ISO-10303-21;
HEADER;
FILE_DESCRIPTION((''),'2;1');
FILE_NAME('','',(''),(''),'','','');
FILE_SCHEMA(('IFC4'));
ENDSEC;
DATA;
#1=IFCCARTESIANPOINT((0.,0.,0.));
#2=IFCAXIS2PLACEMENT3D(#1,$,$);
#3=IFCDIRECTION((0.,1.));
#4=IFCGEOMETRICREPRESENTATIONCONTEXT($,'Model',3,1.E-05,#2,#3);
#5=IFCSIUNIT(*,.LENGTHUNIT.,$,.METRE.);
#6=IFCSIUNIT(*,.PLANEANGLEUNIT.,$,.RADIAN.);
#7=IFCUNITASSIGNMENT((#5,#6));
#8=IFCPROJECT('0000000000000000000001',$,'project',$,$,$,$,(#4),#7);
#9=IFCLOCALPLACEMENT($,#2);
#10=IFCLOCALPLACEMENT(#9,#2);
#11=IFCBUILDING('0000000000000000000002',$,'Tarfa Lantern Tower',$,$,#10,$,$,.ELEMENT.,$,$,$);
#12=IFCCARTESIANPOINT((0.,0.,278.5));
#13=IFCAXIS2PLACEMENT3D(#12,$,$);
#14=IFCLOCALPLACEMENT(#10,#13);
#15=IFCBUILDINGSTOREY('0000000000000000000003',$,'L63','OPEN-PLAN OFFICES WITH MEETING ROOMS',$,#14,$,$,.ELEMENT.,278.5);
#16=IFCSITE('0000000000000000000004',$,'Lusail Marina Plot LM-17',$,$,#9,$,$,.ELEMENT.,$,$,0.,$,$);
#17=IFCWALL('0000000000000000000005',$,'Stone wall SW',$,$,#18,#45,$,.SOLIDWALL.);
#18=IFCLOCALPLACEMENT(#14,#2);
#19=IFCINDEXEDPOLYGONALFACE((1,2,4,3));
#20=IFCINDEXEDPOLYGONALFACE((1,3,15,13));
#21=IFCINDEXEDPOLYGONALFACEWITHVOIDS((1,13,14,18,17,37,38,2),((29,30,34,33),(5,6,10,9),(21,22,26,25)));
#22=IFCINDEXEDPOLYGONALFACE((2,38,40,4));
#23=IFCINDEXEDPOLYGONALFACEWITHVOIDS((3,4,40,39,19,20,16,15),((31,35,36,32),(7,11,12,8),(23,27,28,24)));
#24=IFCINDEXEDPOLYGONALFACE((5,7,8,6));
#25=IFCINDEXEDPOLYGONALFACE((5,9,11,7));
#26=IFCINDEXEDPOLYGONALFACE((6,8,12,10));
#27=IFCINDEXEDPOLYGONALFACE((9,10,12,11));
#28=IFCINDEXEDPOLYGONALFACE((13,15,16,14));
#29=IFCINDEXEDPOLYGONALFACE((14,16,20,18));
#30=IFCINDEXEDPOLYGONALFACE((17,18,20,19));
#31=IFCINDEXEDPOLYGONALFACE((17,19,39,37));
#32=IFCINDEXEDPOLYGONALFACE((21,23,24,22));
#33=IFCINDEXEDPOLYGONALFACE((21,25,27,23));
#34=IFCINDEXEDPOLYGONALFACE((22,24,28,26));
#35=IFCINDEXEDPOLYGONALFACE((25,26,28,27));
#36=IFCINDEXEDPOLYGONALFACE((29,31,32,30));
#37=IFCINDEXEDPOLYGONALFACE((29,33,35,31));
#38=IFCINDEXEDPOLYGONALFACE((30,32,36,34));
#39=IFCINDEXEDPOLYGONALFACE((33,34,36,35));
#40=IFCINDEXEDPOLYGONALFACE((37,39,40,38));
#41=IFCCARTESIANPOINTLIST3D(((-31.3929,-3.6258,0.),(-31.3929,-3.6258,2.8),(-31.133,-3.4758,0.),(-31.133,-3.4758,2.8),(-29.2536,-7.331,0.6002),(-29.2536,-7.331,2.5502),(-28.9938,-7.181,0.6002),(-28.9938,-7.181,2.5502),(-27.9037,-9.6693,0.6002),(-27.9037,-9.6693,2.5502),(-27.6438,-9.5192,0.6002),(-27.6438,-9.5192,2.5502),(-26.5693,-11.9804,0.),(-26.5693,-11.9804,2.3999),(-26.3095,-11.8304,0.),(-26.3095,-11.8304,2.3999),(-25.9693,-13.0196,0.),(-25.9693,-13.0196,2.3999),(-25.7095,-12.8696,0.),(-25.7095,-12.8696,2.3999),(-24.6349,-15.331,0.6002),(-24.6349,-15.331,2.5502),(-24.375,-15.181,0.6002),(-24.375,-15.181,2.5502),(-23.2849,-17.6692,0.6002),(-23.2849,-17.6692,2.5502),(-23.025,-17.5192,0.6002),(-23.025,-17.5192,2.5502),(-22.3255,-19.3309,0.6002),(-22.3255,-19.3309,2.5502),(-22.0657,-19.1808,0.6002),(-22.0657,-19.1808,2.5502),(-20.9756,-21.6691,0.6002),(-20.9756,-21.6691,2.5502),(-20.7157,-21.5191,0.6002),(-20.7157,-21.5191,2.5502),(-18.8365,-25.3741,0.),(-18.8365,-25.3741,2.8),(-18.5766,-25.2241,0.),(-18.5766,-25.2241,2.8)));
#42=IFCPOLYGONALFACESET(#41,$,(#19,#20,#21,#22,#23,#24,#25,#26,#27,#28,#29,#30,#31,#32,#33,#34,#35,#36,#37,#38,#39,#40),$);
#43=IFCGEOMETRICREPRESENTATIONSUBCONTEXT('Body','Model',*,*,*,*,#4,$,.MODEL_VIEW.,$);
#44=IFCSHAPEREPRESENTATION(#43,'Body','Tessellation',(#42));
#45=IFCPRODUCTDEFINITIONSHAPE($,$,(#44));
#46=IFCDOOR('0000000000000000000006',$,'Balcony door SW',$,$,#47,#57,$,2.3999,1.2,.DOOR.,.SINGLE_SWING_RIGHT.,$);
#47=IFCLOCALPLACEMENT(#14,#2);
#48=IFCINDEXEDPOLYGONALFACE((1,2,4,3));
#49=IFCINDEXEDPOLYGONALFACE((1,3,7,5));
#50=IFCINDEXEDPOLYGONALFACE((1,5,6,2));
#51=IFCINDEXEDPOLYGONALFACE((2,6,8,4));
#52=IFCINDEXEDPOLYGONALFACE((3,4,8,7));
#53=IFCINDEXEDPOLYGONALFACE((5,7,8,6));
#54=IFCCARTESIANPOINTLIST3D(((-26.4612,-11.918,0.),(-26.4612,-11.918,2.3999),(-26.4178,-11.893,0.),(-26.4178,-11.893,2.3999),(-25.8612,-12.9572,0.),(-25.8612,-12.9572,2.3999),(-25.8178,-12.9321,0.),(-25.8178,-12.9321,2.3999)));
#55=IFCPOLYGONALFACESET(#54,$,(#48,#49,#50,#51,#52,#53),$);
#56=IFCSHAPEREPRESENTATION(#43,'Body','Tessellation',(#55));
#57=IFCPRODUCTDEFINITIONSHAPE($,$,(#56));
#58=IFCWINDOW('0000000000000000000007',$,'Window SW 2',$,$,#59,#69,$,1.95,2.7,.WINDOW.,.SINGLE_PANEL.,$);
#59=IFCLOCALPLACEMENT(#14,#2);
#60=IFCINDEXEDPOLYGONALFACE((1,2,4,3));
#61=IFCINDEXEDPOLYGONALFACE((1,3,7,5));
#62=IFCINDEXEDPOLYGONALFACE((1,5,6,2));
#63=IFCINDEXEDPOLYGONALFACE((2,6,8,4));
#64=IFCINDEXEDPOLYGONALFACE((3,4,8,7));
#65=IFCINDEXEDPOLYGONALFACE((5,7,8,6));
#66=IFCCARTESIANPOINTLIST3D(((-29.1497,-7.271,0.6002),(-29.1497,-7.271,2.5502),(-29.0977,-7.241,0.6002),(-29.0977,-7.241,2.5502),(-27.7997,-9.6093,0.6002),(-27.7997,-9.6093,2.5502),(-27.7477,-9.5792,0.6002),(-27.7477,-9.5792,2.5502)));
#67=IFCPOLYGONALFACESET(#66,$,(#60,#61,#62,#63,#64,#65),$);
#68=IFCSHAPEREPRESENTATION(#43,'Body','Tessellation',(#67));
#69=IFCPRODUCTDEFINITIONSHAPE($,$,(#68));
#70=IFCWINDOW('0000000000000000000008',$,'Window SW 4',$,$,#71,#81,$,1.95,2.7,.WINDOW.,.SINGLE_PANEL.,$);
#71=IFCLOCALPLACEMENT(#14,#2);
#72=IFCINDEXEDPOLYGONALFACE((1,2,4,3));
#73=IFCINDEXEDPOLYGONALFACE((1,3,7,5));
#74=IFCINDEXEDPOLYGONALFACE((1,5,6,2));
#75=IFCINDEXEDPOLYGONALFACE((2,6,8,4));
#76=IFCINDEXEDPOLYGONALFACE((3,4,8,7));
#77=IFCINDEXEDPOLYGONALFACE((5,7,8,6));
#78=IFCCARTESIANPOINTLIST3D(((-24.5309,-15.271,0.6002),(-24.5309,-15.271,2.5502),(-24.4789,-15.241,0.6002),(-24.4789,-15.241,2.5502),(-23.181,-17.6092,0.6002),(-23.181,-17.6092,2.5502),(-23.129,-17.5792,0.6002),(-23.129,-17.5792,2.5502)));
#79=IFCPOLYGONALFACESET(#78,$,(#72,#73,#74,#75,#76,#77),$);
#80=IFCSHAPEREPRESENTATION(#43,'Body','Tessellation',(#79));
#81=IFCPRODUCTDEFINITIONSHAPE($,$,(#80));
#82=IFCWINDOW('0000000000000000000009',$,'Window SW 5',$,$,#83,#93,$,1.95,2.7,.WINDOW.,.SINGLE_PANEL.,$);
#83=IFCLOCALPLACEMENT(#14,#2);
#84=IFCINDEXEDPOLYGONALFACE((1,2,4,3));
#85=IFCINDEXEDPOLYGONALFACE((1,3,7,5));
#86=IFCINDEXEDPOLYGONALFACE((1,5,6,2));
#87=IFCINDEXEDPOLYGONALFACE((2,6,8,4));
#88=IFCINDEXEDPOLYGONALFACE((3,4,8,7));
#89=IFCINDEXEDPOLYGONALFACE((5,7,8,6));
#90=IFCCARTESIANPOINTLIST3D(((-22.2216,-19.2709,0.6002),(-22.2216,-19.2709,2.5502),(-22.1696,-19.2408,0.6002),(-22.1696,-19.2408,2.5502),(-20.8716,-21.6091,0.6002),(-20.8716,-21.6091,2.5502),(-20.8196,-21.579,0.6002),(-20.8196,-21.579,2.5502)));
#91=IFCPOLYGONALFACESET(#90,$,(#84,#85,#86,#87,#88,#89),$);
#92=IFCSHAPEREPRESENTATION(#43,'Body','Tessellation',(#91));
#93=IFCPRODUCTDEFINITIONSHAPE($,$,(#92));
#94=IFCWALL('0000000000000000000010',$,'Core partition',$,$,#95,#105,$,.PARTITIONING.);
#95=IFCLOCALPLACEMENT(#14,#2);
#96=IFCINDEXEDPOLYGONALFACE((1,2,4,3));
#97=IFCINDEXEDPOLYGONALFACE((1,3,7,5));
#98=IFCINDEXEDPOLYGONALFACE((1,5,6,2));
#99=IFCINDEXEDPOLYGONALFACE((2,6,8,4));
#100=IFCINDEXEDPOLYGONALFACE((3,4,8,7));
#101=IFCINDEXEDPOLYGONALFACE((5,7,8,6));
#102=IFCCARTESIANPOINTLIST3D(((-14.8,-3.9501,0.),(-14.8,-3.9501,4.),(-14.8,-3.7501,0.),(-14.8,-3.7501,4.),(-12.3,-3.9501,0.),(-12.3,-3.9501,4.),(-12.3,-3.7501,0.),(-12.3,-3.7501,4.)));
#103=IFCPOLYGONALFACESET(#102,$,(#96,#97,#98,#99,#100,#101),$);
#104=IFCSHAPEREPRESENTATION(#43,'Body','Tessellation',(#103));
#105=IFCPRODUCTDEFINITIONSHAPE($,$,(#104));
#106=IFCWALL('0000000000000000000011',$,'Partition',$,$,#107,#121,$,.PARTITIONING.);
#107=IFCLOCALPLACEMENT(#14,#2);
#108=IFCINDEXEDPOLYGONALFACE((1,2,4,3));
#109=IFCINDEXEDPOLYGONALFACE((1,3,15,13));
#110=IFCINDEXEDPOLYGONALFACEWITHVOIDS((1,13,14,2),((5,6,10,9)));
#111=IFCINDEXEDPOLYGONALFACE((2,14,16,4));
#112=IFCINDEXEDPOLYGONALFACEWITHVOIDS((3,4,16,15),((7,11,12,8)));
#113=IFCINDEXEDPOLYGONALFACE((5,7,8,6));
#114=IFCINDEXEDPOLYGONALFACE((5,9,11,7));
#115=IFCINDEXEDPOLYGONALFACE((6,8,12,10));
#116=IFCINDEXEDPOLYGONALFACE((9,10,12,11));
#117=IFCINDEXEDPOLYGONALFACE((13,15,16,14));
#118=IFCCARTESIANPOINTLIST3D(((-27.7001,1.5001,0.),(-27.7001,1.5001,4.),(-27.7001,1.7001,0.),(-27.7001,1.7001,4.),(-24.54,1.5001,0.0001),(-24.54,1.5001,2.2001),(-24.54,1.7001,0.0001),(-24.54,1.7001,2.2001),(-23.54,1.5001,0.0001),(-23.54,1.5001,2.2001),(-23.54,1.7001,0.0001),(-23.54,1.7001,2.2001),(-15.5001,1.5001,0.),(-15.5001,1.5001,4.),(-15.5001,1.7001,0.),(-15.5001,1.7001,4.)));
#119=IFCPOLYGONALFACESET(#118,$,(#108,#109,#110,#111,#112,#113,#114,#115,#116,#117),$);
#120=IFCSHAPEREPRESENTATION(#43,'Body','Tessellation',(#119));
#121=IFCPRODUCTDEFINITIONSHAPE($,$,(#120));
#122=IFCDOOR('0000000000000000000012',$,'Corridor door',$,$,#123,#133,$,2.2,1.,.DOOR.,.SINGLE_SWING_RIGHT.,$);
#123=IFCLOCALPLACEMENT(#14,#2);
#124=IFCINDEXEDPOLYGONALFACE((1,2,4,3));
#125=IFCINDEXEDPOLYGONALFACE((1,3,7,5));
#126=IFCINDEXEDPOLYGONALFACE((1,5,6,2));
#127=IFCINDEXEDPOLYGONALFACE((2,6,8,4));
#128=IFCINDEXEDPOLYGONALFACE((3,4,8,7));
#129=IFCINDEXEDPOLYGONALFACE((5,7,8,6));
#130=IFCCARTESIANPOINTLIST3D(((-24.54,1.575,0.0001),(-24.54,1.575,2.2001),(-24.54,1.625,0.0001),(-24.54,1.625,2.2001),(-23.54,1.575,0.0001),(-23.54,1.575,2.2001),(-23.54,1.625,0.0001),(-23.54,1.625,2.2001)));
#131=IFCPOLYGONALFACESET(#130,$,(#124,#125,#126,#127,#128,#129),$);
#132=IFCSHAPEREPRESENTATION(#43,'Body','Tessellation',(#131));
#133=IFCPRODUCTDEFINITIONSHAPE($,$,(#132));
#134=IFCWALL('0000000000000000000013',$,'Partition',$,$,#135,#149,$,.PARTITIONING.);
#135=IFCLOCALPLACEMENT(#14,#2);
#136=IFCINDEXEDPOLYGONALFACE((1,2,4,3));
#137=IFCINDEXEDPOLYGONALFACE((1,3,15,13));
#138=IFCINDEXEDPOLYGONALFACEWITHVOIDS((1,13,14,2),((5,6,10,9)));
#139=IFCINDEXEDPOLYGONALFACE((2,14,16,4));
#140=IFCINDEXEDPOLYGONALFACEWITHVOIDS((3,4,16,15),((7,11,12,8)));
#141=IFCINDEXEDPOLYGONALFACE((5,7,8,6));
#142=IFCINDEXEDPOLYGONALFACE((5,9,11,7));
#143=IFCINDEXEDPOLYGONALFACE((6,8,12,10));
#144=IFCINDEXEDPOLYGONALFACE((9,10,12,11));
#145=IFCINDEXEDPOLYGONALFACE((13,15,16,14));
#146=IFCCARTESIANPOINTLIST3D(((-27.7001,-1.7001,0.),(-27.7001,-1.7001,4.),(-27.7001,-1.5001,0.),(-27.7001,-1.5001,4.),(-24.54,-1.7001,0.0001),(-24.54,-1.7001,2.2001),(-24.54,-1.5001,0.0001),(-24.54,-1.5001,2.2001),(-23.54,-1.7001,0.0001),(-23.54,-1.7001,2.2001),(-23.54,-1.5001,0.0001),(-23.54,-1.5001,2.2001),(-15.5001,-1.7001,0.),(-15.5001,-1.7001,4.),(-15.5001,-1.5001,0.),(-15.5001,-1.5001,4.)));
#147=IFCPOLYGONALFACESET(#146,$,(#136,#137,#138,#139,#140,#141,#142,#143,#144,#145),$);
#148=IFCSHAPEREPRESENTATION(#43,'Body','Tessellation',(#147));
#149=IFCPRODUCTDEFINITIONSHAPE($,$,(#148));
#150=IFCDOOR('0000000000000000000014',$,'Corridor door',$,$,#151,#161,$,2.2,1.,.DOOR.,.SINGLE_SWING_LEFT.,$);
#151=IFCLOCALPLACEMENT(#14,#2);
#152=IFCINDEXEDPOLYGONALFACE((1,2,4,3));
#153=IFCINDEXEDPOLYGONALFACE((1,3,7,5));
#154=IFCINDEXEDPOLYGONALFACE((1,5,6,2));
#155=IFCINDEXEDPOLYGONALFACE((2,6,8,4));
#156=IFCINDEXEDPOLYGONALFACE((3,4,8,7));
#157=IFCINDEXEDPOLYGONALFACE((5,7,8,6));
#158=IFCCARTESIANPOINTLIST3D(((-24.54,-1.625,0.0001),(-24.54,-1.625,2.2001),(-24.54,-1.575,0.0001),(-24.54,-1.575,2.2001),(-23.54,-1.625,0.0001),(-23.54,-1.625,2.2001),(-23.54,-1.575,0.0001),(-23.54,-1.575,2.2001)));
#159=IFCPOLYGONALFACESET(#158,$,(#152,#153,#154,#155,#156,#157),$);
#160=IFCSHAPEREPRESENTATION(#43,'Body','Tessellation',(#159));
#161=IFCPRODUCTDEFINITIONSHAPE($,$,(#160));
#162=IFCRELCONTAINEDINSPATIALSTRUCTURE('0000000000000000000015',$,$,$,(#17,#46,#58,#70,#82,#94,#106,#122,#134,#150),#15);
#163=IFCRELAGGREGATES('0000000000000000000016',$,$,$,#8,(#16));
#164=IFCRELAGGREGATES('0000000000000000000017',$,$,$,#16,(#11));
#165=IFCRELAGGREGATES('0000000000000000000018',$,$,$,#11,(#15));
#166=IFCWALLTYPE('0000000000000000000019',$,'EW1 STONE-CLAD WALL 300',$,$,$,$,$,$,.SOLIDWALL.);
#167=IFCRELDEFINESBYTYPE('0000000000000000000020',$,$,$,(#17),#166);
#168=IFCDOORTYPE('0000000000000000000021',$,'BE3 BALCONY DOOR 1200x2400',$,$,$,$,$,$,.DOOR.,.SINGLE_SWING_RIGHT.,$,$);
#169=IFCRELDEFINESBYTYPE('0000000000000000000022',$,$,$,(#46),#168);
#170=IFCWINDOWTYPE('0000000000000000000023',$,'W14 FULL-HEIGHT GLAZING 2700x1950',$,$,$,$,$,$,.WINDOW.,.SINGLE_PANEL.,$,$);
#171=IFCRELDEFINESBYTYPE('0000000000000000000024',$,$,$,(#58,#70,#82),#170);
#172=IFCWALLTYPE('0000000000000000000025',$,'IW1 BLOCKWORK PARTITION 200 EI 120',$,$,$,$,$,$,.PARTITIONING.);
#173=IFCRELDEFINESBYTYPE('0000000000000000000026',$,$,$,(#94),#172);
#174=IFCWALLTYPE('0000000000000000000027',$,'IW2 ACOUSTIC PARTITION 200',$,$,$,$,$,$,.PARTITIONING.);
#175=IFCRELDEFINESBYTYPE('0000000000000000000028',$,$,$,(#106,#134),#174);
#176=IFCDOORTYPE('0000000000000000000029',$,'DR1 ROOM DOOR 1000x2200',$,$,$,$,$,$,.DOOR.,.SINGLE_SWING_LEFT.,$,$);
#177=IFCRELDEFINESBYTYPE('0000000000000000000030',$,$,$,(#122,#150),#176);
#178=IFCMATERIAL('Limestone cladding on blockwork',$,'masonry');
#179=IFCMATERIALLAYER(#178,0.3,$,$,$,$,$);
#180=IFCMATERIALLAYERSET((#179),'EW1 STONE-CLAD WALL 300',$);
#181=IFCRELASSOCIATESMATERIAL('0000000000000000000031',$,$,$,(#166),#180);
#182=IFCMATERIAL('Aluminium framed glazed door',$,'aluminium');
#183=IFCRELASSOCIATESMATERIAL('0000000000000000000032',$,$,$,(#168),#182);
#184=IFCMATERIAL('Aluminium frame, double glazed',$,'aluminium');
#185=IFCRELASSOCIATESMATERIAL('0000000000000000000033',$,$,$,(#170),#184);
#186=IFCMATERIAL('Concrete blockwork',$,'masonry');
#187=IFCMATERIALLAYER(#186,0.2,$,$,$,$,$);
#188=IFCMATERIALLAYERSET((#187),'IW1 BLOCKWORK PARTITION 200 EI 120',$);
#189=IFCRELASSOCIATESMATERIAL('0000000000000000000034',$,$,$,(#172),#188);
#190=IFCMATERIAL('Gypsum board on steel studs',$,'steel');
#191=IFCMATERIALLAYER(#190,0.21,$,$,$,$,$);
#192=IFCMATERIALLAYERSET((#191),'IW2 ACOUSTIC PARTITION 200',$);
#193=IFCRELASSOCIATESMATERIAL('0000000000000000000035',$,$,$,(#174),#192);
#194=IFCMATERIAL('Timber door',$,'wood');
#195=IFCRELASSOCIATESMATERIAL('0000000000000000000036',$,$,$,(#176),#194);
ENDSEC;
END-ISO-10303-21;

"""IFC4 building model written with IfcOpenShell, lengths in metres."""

from ifc_helpers import new_model, si_unit, direction, frame, frame_2d, origin, place, context, subcontext, project, spatial, rectangle, extrude, material, layer, layer_set, type_object, element, fill, save


model = new_model("IFC4")

# Units and contexts
model_context = context("Model", 3, precision=1e-05, world=origin(), true_north=direction((0.0, 1.0)))
body_context = subcontext(model_context, "Body", "Model", "MODEL_VIEW")
ifc_project = project(units=[si_unit("LENGTHUNIT", "METRE"), si_unit("PLANEANGLEUNIT", "RADIAN")], contexts=[model_context])

# Site, building, storey
site_placement = place(None, origin())
site = spatial("IfcSite", under=ifc_project, at=site_placement, Name="Lusail Marina Plot LM-17", CompositionType="ELEMENT", RefElevation=0.0)
building_placement = place(site_placement, origin())
building = spatial("IfcBuilding", under=site, at=building_placement, Name="Tarfa Lantern Tower", CompositionType="ELEMENT")
storey_placement = place(building_placement, frame((0.0, 0.0, 278.5)))
storey = spatial("IfcBuildingStorey", under=building, at=storey_placement, Name="L63", Description="OPEN-PLAN OFFICES WITH MEETING ROOMS", CompositionType="ELEMENT", Elevation=278.5)

# Wall, openings, door, windows
ifc_material_1 = material(Name="Limestone cladding on blockwork", Category="masonry")
ifc_layer_1 = layer(ifc_material_1, 0.3)
ifc_layer_set_1 = layer_set([ifc_layer_1], Name="EW1 STONE-CLAD WALL 300")
wall_type_1 = type_object("IfcWallType", Name="EW1 STONE-CLAD WALL 300", PredefinedType="SOLIDWALL", material=ifc_layer_set_1)
wall_1_placement = place(storey_placement, frame((-31.2629, -3.5508, 0.0), z_axis=(0.0, 0.0, 1.0), x_axis=(0.5, -0.866025, 0.0)))
wall_1 = element("IfcWall", 1, at=wall_1_placement, inside=storey, type_object=wall_type_1, Name="Stone wall SW", PredefinedType="SOLIDWALL", context=body_context, shape_type="SweptSolid", body=[
    extrude(rectangle(XDim=25.1128, YDim=0.3, at=frame_2d((12.5564, 0.0))), origin(), (0.0, 0.0, 1.0), 2.8),
])
opening_1_placement = place(wall_1_placement, frame((4.2783, 0.0, 0.6001)))
opening_1 = element("IfcOpeningElement", 2, at=opening_1_placement, cuts=wall_1, PredefinedType="OPENING", context=body_context, shape_type="SweptSolid", body=[
    extrude(rectangle(XDim=2.7, YDim=1.95, at=frame_2d((1.3501, 0.9751))), frame((0.0, 0.1599, 0.0), z_axis=(0.0, -1.0, 0.0), x_axis=(1.0, 0.0, 0.0)), (0.0, 0.0, 1.0), 0.3201),
])
opening_2_placement = place(wall_1_placement, frame((9.647, 0.0, 0.0)))
opening_2 = element("IfcOpeningElement", 3, at=opening_2_placement, cuts=wall_1, PredefinedType="OPENING", context=body_context, shape_type="SweptSolid", body=[
    extrude(rectangle(XDim=1.2, YDim=2.3999, at=frame_2d((0.6001, 1.2))), frame((0.0, 0.1599, 0.0), z_axis=(0.0, -1.0, 0.0), x_axis=(1.0, 0.0, 0.0)), (0.0, 0.0, 1.0), 0.3201),
])
opening_3_placement = place(wall_1_placement, frame((13.5159, 0.0, 0.6001)))
opening_3 = element("IfcOpeningElement", 4, at=opening_3_placement, cuts=wall_1, PredefinedType="OPENING", context=body_context, shape_type="SweptSolid", body=[
    extrude(rectangle(XDim=2.7, YDim=1.95, at=frame_2d((1.3501, 0.9751))), frame((0.0, 0.1599, 0.0), z_axis=(0.0, -1.0, 0.0), x_axis=(1.0, 0.0, 0.0)), (0.0, 0.0, 1.0), 0.3201),
])
opening_4_placement = place(wall_1_placement, frame((18.1345, 0.0, 0.6001)))
opening_4 = element("IfcOpeningElement", 5, at=opening_4_placement, cuts=wall_1, PredefinedType="OPENING", context=body_context, shape_type="SweptSolid", body=[
    extrude(rectangle(XDim=2.7, YDim=1.95, at=frame_2d((1.3501, 0.9751))), frame((0.0, 0.1599, 0.0), z_axis=(0.0, -1.0, 0.0), x_axis=(1.0, 0.0, 0.0)), (0.0, 0.0, 1.0), 0.3201),
])
ifc_material_2 = material(Name="Aluminium framed glazed door", Category="aluminium")
door_type_1 = type_object("IfcDoorType", Name="BE3 BALCONY DOOR 1200x2400", OperationType="SINGLE_SWING_RIGHT", PredefinedType="DOOR", material=ifc_material_2)
door_1_placement = place(opening_2_placement, origin())
door_1 = element("IfcDoor", 6, at=door_1_placement, inside=storey, type_object=door_type_1, Name="Balcony door SW", OperationType="SINGLE_SWING_RIGHT", OverallHeight=2.3999, OverallWidth=1.2, PredefinedType="DOOR", context=body_context, shape_type="SweptSolid", body=[
    extrude(rectangle(XDim=1.2, YDim=2.3999, at=frame_2d((0.6001, 1.2))), frame((0.0, 0.0249, 0.0), z_axis=(0.0, -1.0, 0.0), x_axis=(1.0, 0.0, 0.0)), (0.0, 0.0, 1.0), 0.05),
])
fill(opening_2, door_1)
ifc_material_3 = material(Name="Aluminium frame, double glazed", Category="aluminium")
window_type = type_object("IfcWindowType", Name="W14 FULL-HEIGHT GLAZING 2700x1950", PartitioningType="SINGLE_PANEL", PredefinedType="WINDOW", material=ifc_material_3)
window_1_placement = place(opening_1_placement, origin())
window_1 = element("IfcWindow", 7, at=window_1_placement, inside=storey, type_object=window_type, Name="Window SW 2", OverallHeight=1.95, OverallWidth=2.7, PartitioningType="SINGLE_PANEL", PredefinedType="WINDOW", context=body_context, shape_type="SweptSolid", body=[
    extrude(rectangle(XDim=2.7, YDim=1.95, at=frame_2d((1.3501, 0.9751))), frame((0.0, 0.03, 0.0), z_axis=(0.0, -1.0, 0.0), x_axis=(1.0, 0.0, 0.0)), (0.0, 0.0, 1.0), 0.0601),
])
fill(opening_1, window_1)
window_2_placement = place(opening_3_placement, origin())
window_2 = element("IfcWindow", 8, at=window_2_placement, inside=storey, type_object=window_type, Name="Window SW 4", OverallHeight=1.95, OverallWidth=2.7, PartitioningType="SINGLE_PANEL", PredefinedType="WINDOW", context=body_context, shape_type="SweptSolid", body=[
    extrude(rectangle(XDim=2.7, YDim=1.95, at=frame_2d((1.3501, 0.9751))), frame((0.0, 0.03, 0.0), z_axis=(0.0, -1.0, 0.0), x_axis=(1.0, 0.0, 0.0)), (0.0, 0.0, 1.0), 0.0601),
])
fill(opening_3, window_2)
window_3_placement = place(opening_4_placement, origin())
window_3 = element("IfcWindow", 9, at=window_3_placement, inside=storey, type_object=window_type, Name="Window SW 5", OverallHeight=1.95, OverallWidth=2.7, PartitioningType="SINGLE_PANEL", PredefinedType="WINDOW", context=body_context, shape_type="SweptSolid", body=[
    extrude(rectangle(XDim=2.7, YDim=1.95, at=frame_2d((1.3501, 0.9751))), frame((0.0, 0.03, 0.0), z_axis=(0.0, -1.0, 0.0), x_axis=(1.0, 0.0, 0.0)), (0.0, 0.0, 1.0), 0.0601),
])
fill(opening_4, window_3)

# Wall
ifc_material_4 = material(Name="Concrete blockwork", Category="masonry")
ifc_layer_2 = layer(ifc_material_4, 0.2)
ifc_layer_set_2 = layer_set([ifc_layer_2], Name="IW1 BLOCKWORK PARTITION 200 EI 120")
wall_type_2 = type_object("IfcWallType", Name="IW1 BLOCKWORK PARTITION 200 EI 120", PredefinedType="PARTITIONING", material=ifc_layer_set_2)
wall_2_placement = place(storey_placement, frame((-12.3, -3.8501, 0.0), z_axis=(0.0, 0.0, 1.0), x_axis=(-1.0, 0.0, 0.0)))
element("IfcWall", 10, at=wall_2_placement, inside=storey, type_object=wall_type_2, Name="Core partition", PredefinedType="PARTITIONING", context=body_context, shape_type="SweptSolid", body=[
    extrude(rectangle(XDim=2.5, YDim=0.2, at=frame_2d((1.25, 0.0))), origin(), (0.0, 0.0, 1.0), 4.0),
])

# Walls, openings, doors
ifc_material_5 = material(Name="Gypsum board on steel studs", Category="steel")
ifc_layer_3 = layer(ifc_material_5, 0.21)
ifc_layer_set_3 = layer_set([ifc_layer_3], Name="IW2 ACOUSTIC PARTITION 200")
wall_type_3 = type_object("IfcWallType", Name="IW2 ACOUSTIC PARTITION 200", PredefinedType="PARTITIONING", material=ifc_layer_set_3)
wall_3_placement = place(storey_placement, frame((-15.5, 1.6001, 0.0), z_axis=(0.0, 0.0, 1.0), x_axis=(-1.0, 0.0, 0.0)))
wall_3 = element("IfcWall", 11, at=wall_3_placement, inside=storey, type_object=wall_type_3, Name="Partition", PredefinedType="PARTITIONING", context=body_context, shape_type="SweptSolid", body=[
    extrude(rectangle(XDim=12.2, YDim=0.2, at=frame_2d((6.1001, 0.0))), origin(), (0.0, 0.0, 1.0), 4.0),
])
opening_5_placement = place(wall_3_placement, frame((8.04, 0.0, 0.0)))
opening_5 = element("IfcOpeningElement", 12, at=opening_5_placement, cuts=wall_3, PredefinedType="OPENING", context=body_context, shape_type="SweptSolid", body=[
    extrude(rectangle(XDim=1.0, YDim=2.2, at=frame_2d((0.5, 1.1001))), frame((0.0, 0.1099, 0.0), z_axis=(0.0, -1.0, 0.0), x_axis=(1.0, 0.0, 0.0)), (0.0, 0.0, 1.0), 0.22),
])
ifc_material_6 = material(Name="Timber door", Category="wood")
door_type_2 = type_object("IfcDoorType", Name="DR1 ROOM DOOR 1000x2200", OperationType="SINGLE_SWING_LEFT", PredefinedType="DOOR", material=ifc_material_6)
door_2_placement = place(opening_5_placement, frame((1.0, 0.0, 0.0), z_axis=(0.0, 0.0, 1.0), x_axis=(-1.0, 0.0, 0.0)))
door_2 = element("IfcDoor", 13, at=door_2_placement, inside=storey, type_object=door_type_2, Name="Corridor door", OperationType="SINGLE_SWING_RIGHT", OverallHeight=2.2, OverallWidth=1.0, PredefinedType="DOOR", context=body_context, shape_type="SweptSolid", body=[
    extrude(rectangle(XDim=1.0, YDim=2.2, at=frame_2d((0.5, 1.1001))), frame((0.0, 0.0249, 0.0), z_axis=(0.0, -1.0, 0.0), x_axis=(1.0, 0.0, 0.0)), (0.0, 0.0, 1.0), 0.05),
])
fill(opening_5, door_2)
wall_4_placement = place(storey_placement, frame((-15.5, -1.6001, 0.0), z_axis=(0.0, 0.0, 1.0), x_axis=(-1.0, 0.0, 0.0)))
wall_4 = element("IfcWall", 14, at=wall_4_placement, inside=storey, type_object=wall_type_3, Name="Partition", PredefinedType="PARTITIONING", context=body_context, shape_type="SweptSolid", body=[
    extrude(rectangle(XDim=12.2, YDim=0.2, at=frame_2d((6.1001, 0.0))), origin(), (0.0, 0.0, 1.0), 4.0),
])
opening_6_placement = place(wall_4_placement, frame((8.04, 0.0, 0.0)))
opening_6 = element("IfcOpeningElement", 15, at=opening_6_placement, cuts=wall_4, PredefinedType="OPENING", context=body_context, shape_type="SweptSolid", body=[
    extrude(rectangle(XDim=1.0, YDim=2.2, at=frame_2d((0.5, 1.1001))), frame((0.0, 0.1099, 0.0), z_axis=(0.0, -1.0, 0.0), x_axis=(1.0, 0.0, 0.0)), (0.0, 0.0, 1.0), 0.22),
])
door_3_placement = place(opening_6_placement, origin())
door_3 = element("IfcDoor", 16, at=door_3_placement, inside=storey, type_object=door_type_2, Name="Corridor door", OperationType="SINGLE_SWING_LEFT", OverallHeight=2.2, OverallWidth=1.0, PredefinedType="DOOR", context=body_context, shape_type="SweptSolid", body=[
    extrude(rectangle(XDim=1.0, YDim=2.2, at=frame_2d((0.5, 1.1001))), frame((0.0, 0.0249, 0.0), z_axis=(0.0, -1.0, 0.0), x_axis=(1.0, 0.0, 0.0)), (0.0, 0.0, 1.0), 0.05),
])
fill(opening_6, door_3)

save(model, "model.ifc")
